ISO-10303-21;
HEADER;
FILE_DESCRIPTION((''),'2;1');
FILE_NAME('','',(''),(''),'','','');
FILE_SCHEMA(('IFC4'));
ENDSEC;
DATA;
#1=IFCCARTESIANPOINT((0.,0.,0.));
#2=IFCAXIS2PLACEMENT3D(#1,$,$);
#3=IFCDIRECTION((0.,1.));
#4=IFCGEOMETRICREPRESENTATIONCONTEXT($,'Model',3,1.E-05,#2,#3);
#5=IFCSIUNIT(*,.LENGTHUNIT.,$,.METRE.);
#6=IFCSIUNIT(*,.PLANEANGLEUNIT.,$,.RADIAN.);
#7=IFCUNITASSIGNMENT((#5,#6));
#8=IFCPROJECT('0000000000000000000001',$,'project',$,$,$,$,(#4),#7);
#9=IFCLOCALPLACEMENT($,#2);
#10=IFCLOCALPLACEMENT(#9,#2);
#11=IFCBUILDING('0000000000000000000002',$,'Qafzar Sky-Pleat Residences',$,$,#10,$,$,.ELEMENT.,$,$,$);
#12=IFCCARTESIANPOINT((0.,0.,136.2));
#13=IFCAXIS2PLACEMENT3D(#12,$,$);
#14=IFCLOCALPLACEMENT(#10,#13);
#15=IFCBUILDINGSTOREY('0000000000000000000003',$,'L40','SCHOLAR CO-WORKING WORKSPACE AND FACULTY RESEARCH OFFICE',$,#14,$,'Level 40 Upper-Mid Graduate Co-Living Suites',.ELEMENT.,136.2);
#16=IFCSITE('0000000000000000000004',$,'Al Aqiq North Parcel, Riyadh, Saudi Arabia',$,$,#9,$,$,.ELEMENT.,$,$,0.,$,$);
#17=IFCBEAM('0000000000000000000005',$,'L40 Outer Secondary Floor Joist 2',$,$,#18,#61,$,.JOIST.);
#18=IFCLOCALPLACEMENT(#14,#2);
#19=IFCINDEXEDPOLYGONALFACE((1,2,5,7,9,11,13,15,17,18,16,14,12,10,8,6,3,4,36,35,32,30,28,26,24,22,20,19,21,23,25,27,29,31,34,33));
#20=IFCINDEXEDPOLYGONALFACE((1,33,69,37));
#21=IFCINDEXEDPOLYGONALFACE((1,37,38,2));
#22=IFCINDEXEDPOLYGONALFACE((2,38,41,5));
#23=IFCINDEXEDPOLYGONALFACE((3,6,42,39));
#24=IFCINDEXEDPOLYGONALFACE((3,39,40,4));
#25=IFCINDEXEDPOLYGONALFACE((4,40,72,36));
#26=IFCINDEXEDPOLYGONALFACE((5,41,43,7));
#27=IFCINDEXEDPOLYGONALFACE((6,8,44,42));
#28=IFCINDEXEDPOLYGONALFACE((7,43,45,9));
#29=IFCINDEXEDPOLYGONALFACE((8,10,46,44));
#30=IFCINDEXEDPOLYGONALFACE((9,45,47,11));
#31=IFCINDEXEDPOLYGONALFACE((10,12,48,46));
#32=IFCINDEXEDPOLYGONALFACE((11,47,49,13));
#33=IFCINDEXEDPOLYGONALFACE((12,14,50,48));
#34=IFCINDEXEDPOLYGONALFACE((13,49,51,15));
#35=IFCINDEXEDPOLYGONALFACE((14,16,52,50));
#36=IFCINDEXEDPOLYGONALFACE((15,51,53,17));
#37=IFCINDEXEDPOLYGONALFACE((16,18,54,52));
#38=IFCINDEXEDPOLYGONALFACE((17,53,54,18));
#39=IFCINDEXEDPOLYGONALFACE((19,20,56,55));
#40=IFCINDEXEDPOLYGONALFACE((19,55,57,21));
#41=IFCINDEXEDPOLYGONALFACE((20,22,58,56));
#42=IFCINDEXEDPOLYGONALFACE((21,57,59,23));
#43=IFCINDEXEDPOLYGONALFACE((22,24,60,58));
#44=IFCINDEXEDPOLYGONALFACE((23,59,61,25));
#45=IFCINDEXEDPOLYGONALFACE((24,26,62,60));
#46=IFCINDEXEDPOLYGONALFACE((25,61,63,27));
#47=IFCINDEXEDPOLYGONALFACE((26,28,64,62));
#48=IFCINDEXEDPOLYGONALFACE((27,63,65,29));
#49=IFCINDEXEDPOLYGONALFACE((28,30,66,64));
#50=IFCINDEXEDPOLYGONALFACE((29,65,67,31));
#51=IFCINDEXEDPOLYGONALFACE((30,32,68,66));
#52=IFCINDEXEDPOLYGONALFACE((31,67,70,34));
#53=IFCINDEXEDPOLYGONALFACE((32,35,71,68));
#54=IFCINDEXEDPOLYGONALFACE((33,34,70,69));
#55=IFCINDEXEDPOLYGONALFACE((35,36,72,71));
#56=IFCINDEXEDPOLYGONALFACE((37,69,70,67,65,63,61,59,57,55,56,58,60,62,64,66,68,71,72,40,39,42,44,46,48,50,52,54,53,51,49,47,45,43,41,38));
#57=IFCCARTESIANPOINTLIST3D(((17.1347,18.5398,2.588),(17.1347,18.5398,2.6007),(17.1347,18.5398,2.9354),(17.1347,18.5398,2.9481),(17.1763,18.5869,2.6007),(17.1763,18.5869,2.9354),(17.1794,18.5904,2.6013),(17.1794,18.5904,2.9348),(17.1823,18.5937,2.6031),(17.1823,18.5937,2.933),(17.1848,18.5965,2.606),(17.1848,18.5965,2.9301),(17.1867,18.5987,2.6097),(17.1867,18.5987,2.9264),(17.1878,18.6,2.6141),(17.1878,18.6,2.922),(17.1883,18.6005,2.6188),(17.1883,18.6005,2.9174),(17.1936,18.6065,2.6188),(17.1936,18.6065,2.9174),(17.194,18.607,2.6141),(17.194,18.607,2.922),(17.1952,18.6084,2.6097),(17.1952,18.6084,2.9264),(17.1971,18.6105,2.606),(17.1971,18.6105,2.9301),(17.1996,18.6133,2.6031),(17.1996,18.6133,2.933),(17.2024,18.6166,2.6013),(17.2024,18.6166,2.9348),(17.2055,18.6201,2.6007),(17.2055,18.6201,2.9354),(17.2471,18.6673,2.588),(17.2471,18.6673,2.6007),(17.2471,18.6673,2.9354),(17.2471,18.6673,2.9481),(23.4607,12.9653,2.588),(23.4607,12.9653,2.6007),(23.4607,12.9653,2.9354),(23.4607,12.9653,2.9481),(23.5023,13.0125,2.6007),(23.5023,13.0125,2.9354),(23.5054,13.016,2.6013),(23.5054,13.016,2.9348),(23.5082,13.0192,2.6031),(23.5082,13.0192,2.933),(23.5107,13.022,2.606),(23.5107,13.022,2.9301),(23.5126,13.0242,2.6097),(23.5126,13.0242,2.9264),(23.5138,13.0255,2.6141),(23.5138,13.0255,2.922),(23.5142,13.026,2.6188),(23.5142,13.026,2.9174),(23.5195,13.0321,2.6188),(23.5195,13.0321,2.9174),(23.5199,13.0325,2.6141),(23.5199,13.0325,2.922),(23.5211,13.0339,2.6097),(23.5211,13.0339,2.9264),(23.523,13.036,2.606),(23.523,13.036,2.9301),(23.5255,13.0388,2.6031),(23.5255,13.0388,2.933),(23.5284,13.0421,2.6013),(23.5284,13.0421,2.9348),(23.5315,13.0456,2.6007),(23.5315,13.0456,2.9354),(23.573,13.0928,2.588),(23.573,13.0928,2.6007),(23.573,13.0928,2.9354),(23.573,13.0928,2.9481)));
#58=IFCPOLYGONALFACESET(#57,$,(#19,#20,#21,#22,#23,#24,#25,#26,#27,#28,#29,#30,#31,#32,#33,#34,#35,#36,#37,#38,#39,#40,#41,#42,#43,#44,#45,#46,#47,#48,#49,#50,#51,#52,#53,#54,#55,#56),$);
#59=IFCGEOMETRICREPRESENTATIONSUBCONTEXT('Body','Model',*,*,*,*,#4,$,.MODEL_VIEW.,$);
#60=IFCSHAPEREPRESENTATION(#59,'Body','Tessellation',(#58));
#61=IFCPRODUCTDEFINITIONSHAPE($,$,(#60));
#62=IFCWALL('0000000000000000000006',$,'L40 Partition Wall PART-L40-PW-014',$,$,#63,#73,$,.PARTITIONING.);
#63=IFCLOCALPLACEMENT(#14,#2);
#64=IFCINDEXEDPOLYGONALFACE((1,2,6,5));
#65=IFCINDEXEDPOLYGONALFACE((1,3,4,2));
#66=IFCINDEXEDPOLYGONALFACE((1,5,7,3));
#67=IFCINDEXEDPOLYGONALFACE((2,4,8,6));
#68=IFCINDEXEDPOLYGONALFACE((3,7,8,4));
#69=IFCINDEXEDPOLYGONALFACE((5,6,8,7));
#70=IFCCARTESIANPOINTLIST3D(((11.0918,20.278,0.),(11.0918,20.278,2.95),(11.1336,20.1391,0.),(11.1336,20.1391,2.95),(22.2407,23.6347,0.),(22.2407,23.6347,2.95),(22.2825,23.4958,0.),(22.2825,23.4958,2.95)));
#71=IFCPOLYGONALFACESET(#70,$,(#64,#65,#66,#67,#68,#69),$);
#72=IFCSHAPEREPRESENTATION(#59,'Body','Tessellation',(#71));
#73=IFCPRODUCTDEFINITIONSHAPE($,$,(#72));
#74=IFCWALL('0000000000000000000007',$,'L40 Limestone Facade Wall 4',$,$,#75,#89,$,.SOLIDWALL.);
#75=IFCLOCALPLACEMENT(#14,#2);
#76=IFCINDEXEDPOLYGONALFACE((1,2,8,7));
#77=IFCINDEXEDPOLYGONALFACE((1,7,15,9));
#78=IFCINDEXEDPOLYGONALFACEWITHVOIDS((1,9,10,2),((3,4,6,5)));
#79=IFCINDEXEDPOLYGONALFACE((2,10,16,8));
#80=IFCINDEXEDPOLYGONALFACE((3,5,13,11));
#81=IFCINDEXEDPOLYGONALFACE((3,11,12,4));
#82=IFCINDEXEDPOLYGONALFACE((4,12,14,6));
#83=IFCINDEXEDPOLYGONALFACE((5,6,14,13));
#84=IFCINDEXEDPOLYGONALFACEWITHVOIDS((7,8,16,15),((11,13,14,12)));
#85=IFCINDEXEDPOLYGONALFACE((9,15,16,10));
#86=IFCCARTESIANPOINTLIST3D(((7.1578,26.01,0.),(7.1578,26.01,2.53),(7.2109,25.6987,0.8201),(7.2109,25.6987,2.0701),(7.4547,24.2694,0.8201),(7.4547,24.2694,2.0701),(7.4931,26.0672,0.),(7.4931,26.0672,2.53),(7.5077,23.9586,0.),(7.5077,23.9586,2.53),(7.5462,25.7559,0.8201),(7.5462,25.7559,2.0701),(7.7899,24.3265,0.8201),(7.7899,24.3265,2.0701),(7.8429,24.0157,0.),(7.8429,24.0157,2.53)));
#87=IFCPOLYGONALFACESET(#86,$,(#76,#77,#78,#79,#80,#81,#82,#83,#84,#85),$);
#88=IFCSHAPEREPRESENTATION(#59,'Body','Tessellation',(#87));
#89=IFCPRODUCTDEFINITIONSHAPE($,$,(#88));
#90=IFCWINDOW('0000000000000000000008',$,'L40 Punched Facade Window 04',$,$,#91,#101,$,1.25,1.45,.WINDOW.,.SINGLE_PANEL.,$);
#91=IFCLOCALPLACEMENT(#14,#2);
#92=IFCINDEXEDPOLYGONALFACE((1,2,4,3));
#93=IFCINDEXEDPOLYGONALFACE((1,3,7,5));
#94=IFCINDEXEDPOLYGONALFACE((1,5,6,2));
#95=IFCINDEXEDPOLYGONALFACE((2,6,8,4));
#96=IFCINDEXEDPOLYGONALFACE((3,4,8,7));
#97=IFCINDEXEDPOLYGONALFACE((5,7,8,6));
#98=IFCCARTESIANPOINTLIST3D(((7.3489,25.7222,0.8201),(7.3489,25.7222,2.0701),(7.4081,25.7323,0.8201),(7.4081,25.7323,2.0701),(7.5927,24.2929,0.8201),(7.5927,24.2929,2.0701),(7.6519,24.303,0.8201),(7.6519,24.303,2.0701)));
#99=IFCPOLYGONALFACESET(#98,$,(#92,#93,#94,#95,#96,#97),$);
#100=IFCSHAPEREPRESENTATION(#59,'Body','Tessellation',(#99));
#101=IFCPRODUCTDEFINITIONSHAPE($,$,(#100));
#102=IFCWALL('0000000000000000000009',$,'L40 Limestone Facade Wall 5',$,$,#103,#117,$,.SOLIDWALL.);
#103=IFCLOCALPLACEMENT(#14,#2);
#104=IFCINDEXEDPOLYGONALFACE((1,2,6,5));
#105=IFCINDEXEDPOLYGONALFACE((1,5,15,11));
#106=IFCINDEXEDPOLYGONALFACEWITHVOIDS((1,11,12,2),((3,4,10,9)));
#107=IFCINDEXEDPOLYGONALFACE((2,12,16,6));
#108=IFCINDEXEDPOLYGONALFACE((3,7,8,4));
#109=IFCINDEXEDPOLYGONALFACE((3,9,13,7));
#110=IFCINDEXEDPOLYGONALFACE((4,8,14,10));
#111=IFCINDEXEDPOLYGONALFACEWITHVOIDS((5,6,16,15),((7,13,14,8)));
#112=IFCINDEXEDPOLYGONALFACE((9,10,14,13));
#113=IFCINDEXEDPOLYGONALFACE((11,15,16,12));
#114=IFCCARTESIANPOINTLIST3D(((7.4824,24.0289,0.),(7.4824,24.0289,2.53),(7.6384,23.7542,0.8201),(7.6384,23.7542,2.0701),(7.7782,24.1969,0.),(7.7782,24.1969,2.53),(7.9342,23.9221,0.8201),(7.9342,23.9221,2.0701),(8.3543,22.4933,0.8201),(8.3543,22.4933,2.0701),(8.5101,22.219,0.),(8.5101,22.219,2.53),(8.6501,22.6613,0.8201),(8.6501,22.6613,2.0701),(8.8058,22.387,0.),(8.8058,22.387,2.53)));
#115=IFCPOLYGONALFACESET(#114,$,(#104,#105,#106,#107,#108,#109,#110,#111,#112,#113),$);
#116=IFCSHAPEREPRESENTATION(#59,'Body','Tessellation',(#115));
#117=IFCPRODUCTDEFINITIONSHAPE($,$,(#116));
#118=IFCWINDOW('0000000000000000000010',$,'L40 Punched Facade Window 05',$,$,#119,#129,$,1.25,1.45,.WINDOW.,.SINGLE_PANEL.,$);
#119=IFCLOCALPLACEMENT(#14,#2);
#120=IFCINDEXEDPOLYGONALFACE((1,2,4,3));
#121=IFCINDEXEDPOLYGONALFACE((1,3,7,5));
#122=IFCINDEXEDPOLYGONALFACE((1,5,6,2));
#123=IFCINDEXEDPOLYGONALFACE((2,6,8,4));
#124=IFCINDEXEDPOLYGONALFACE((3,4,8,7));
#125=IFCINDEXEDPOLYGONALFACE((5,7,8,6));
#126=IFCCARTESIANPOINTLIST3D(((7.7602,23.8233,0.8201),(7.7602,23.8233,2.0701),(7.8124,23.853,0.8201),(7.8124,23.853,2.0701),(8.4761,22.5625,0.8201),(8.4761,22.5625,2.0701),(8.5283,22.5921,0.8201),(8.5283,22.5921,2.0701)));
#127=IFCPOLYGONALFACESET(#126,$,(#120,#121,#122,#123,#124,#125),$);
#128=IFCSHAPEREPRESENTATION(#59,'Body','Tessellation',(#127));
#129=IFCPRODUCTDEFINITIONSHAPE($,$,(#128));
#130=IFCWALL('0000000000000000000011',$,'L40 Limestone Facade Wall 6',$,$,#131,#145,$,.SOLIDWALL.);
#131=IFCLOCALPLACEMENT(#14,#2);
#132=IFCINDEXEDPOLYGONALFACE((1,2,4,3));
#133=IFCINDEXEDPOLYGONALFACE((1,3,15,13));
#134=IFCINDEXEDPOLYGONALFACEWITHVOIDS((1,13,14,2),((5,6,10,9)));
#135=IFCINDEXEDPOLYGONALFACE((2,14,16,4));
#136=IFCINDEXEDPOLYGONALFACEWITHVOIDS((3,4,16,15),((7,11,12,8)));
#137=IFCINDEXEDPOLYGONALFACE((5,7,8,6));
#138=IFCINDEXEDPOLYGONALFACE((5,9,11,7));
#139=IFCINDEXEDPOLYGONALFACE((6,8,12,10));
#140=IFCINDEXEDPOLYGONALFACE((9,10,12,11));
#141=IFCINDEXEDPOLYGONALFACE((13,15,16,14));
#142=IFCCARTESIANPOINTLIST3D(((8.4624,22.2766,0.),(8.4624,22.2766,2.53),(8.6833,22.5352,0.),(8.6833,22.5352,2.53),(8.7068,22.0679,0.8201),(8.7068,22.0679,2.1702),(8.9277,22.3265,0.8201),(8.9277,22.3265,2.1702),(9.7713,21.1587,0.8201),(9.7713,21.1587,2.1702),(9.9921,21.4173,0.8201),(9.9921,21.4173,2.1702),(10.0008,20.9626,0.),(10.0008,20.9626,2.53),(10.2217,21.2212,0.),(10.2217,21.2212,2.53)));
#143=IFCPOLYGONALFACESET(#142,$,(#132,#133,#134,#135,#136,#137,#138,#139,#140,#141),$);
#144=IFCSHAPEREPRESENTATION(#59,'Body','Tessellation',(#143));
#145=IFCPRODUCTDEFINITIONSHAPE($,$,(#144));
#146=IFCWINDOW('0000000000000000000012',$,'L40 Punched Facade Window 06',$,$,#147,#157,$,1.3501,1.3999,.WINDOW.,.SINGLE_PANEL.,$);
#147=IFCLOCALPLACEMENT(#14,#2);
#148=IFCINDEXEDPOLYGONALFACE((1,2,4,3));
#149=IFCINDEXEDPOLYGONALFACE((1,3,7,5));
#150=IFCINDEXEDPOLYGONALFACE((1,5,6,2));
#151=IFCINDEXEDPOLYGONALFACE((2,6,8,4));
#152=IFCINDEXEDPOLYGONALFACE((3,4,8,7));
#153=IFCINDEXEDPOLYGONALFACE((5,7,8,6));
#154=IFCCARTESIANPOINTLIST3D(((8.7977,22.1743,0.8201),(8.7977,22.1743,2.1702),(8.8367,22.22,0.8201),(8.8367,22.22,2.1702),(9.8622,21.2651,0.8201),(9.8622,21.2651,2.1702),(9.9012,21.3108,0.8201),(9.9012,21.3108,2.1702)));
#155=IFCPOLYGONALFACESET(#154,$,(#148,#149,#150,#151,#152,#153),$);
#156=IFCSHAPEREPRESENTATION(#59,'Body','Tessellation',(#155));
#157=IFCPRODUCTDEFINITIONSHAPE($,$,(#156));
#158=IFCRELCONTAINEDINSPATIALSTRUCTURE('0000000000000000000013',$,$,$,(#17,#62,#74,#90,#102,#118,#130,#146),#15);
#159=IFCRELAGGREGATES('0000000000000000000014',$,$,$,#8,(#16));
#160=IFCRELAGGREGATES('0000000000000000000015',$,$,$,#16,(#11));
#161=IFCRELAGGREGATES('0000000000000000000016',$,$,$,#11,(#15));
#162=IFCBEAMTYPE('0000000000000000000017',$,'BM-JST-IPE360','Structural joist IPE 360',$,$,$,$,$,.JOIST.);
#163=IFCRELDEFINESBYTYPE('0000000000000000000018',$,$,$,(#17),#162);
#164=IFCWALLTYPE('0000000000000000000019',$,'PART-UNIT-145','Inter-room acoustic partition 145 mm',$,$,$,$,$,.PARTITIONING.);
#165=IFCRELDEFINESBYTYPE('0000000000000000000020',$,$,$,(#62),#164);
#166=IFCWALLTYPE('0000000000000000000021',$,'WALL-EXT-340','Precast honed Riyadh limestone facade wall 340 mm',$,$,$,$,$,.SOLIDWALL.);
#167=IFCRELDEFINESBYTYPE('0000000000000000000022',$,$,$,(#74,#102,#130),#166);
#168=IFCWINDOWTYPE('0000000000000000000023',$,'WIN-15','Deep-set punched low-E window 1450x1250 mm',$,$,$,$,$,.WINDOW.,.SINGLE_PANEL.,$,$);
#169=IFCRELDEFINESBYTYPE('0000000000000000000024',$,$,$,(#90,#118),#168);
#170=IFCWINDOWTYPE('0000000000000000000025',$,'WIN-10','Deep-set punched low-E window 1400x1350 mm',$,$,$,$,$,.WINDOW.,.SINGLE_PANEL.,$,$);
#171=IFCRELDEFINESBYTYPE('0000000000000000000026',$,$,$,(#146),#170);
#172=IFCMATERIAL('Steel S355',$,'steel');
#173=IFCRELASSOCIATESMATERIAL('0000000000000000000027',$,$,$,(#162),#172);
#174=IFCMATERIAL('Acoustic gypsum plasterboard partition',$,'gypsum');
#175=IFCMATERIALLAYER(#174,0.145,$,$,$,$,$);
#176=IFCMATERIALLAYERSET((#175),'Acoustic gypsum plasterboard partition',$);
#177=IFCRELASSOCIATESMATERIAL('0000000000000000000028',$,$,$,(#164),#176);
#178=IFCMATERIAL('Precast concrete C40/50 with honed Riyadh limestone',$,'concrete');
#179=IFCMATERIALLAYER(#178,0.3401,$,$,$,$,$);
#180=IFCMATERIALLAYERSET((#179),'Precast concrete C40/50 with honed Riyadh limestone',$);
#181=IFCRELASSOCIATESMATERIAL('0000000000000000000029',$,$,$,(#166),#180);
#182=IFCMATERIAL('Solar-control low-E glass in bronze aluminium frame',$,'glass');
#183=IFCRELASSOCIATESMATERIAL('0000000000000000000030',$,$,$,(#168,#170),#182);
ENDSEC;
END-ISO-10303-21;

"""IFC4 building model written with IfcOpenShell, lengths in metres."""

from ifc_helpers import new_model, si_unit, direction, frame, frame_2d, origin, origin_2d, place, context, subcontext, project, spatial, rectangle, i_section, extrude, source, transform, mapped, material, layer, layer_set, material_profile, profile_set, type_object, element, fill, save


model = new_model("IFC4")

# Units and contexts
model_context = context("Model", 3, precision=1e-05, world=origin(), true_north=direction((0.0, 1.0)))
body_context = subcontext(model_context, "Body", "Model", "MODEL_VIEW")
ifc_project = project(units=[si_unit("LENGTHUNIT", "METRE"), si_unit("PLANEANGLEUNIT", "RADIAN")], contexts=[model_context])

# Site, building, storey
site_placement = place(None, origin())
site = spatial("IfcSite", under=ifc_project, at=site_placement, Name="Al Aqiq North Parcel, Riyadh, Saudi Arabia", CompositionType="ELEMENT", RefElevation=0.0)
building_placement = place(site_placement, origin())
building = spatial("IfcBuilding", under=site, at=building_placement, Name="Qafzar Sky-Pleat Residences", CompositionType="ELEMENT")
storey_placement = place(building_placement, frame((0.0, 0.0, 136.2)))
storey = spatial("IfcBuildingStorey", under=building, at=storey_placement, Name="L40", Description="SCHOLAR CO-WORKING WORKSPACE AND FACULTY RESEARCH OFFICE", LongName="Level 40 Upper-Mid Graduate Co-Living Suites", CompositionType="ELEMENT", Elevation=136.2)

# Shared definitions
ifc_material_1 = material(Name="Steel S355", Category="steel")

# Beam
ifc_material_profile_1 = material_profile(ifc_material_1, i_section(OverallWidth=0.1699, OverallDepth=0.3601, WebThickness=0.0081, FlangeThickness=0.0127, FilletRadius=0.0181, at=origin_2d()), Name="IPE 360")
ifc_profile_set_1 = profile_set([ifc_material_profile_1], Name="Steel S355")
beam_type_1 = type_object("IfcBeamType", Name="BM-JST-IPE360", Description="Structural joist IPE 360", PredefinedType="JOIST", material=ifc_profile_set_1)
shared_shape_1 = source(origin(), body_context, "Body", "SweptSolid", [
    extrude(i_section(OverallWidth=0.1699, OverallDepth=0.3601, WebThickness=0.0081, FlangeThickness=0.0127, FilletRadius=0.0181, at=origin_2d()), origin(), (0.0, 0.0, 1.0), 8.4316),
])
beam_1_placement = place(storey_placement, frame((17.1909, 18.6035, 2.7681), z_axis=(0.750264, -0.661139, 0.0), x_axis=(0.661139, 0.750264, 0.0)))
element("IfcBeam", 1, at=beam_1_placement, inside=storey, type_object=beam_type_1, Name="L40 Outer Secondary Floor Joist 2", PredefinedType="JOIST", context=body_context, shape_type="MappedRepresentation", body=[
    mapped(shared_shape_1, transform((0.0, 0.0, 0.0), x_axis=(1.0, 0.0, 0.0), y_axis=(0.0, 1.0, 0.0), z_axis=(0.0, 0.0, 1.0), scale=1.0)),
])

# Wall
ifc_material_2 = material(Name="Acoustic gypsum plasterboard partition", Category="gypsum")
ifc_layer_1 = layer(ifc_material_2, 0.145)
ifc_layer_set_1 = layer_set([ifc_layer_1], Name="Acoustic gypsum plasterboard partition")
wall_type_1 = type_object("IfcWallType", Name="PART-UNIT-145", Description="Inter-room acoustic partition 145 mm", PredefinedType="PARTITIONING", material=ifc_layer_set_1)
wall_1_placement = place(storey_placement, frame((11.1125, 20.2085, 0.0), z_axis=(0.0, 0.0, 1.0), x_axis=(0.957542, 0.288294, 0.0)))
element("IfcWall", 2, at=wall_1_placement, inside=storey, type_object=wall_type_1, Name="L40 Partition Wall PART-L40-PW-014", PredefinedType="PARTITIONING", context=body_context, shape_type="SweptSolid", body=[
    extrude(rectangle(XDim=11.6433, YDim=0.145, at=frame_2d((5.8218, 0.0))), origin(), (0.0, 0.0, 1.0), 2.95),
])

# Walls, openings, windows
ifc_material_3 = material(Name="Precast concrete C40/50 with honed Riyadh limestone", Category="concrete")
ifc_layer_2 = layer(ifc_material_3, 0.3401)
ifc_layer_set_2 = layer_set([ifc_layer_2], Name="Precast concrete C40/50 with honed Riyadh limestone")
wall_type_2 = type_object("IfcWallType", Name="WALL-EXT-340", Description="Precast honed Riyadh limestone facade wall 340 mm", PredefinedType="SOLIDWALL", material=ifc_layer_set_2)
wall_2_placement = place(storey_placement, frame((7.3254, 26.0386, 0.0), z_axis=(0.0, 0.0, 1.0), x_axis=(0.168107, -0.985769, 0.0)))
wall_2 = element("IfcWall", 3, at=wall_2_placement, inside=storey, type_object=wall_type_2, Name="L40 Limestone Facade Wall 4", PredefinedType="SOLIDWALL", context=body_context, shape_type="SweptSolid", body=[
    extrude(rectangle(XDim=2.0811, YDim=0.3401, at=frame_2d((1.0405, 0.0))), origin(), (0.0, 0.0, 1.0), 2.53),
])
opening_1_placement = place(wall_2_placement, frame((0.3157, 0.0, 0.8201)))
opening_1 = element("IfcOpeningElement", 4, at=opening_1_placement, cuts=wall_2, PredefinedType="OPENING", context=body_context, shape_type="SweptSolid", body=[
    extrude(rectangle(XDim=1.45, YDim=1.25, at=frame_2d((0.7251, 0.625))), frame((0.0, 0.1802, 0.0), z_axis=(0.0, -1.0, 0.0), x_axis=(1.0, 0.0, 0.0)), (0.0, 0.0, 1.0), 0.3601),
])
ifc_material_4 = material(Name="Solar-control low-E glass in bronze aluminium frame", Category="glass")
window_type_1 = type_object("IfcWindowType", Name="WIN-15", Description="Deep-set punched low-E window 1450x1250 mm", PartitioningType="SINGLE_PANEL", PredefinedType="WINDOW", material=ifc_material_4)
shared_shape_2 = source(origin(), body_context, "Body", "SweptSolid", [
    extrude(rectangle(XDim=1.45, YDim=1.25, at=frame_2d((0.7251, 0.625))), frame((0.0, 0.03, 0.0), z_axis=(0.0, -1.0, 0.0), x_axis=(1.0, 0.0, 0.0)), (0.0, 0.0, 1.0), 0.0601),
])
window_1_placement = place(opening_1_placement, origin())
window_1 = element("IfcWindow", 5, at=window_1_placement, inside=storey, type_object=window_type_1, Name="L40 Punched Facade Window 04", OverallHeight=1.25, OverallWidth=1.45, PartitioningType="SINGLE_PANEL", PredefinedType="WINDOW", context=body_context, shape_type="MappedRepresentation", body=[
    mapped(shared_shape_2, transform((0.0, 0.0, 0.0), x_axis=(1.0, 0.0, 0.0), y_axis=(0.0, 1.0, 0.0), z_axis=(0.0, 0.0, 1.0), scale=1.0)),
])
fill(opening_1, window_1)
wall_3_placement = place(storey_placement, frame((7.6304, 24.1128, 0.0), z_axis=(0.0, 0.0, 1.0), x_axis=(0.493749, -0.869604, 0.0)))
wall_3 = element("IfcWall", 6, at=wall_3_placement, inside=storey, type_object=wall_type_2, Name="L40 Limestone Facade Wall 5", PredefinedType="SOLIDWALL", context=body_context, shape_type="SweptSolid", body=[
    extrude(rectangle(XDim=2.0813, YDim=0.3401, at=frame_2d((1.0405, 0.0))), origin(), (0.0, 0.0, 1.0), 2.53),
])
opening_2_placement = place(wall_3_placement, frame((0.3157, 0.0, 0.8201)))
opening_2 = element("IfcOpeningElement", 7, at=opening_2_placement, cuts=wall_3, PredefinedType="OPENING", context=body_context, shape_type="SweptSolid", body=[
    extrude(rectangle(XDim=1.45, YDim=1.25, at=frame_2d((0.7251, 0.625))), frame((0.0, 0.1802, 0.0), z_axis=(0.0, -1.0, 0.0), x_axis=(1.0, 0.0, 0.0)), (0.0, 0.0, 1.0), 0.3601),
])
window_2_placement = place(opening_2_placement, origin())
window_2 = element("IfcWindow", 8, at=window_2_placement, inside=storey, type_object=window_type_1, Name="L40 Punched Facade Window 05", OverallHeight=1.25, OverallWidth=1.45, PartitioningType="SINGLE_PANEL", PredefinedType="WINDOW", context=body_context, shape_type="MappedRepresentation", body=[
    mapped(shared_shape_2, transform((0.0, 0.0, 0.0), x_axis=(1.0, 0.0, 0.0), y_axis=(0.0, 1.0, 0.0), z_axis=(0.0, 0.0, 1.0), scale=1.0)),
])
fill(opening_2, window_2)
wall_4_placement = place(storey_placement, frame((8.5728, 22.406, 0.0), z_axis=(0.0, 0.0, 1.0), x_axis=(0.76038, -0.649479, 0.0)))
wall_4 = element("IfcWall", 9, at=wall_4_placement, inside=storey, type_object=wall_type_2, Name="L40 Limestone Facade Wall 6", PredefinedType="SOLIDWALL", context=body_context, shape_type="SweptSolid", body=[
    extrude(rectangle(XDim=2.0232, YDim=0.3401, at=frame_2d((1.0117, 0.0))), origin(), (0.0, 0.0, 1.0), 2.53),
])
opening_3_placement = place(wall_4_placement, frame((0.3215, 0.0, 0.8201)))
opening_3 = element("IfcOpeningElement", 10, at=opening_3_placement, cuts=wall_4, PredefinedType="OPENING", context=body_context, shape_type="SweptSolid", body=[
    extrude(rectangle(XDim=1.3999, YDim=1.3501, at=frame_2d((0.7, 0.675))), frame((0.0, 0.1802, 0.0), z_axis=(0.0, -1.0, 0.0), x_axis=(1.0, 0.0, 0.0)), (0.0, 0.0, 1.0), 0.3601),
])
window_type_2 = type_object("IfcWindowType", Name="WIN-10", Description="Deep-set punched low-E window 1400x1350 mm", PartitioningType="SINGLE_PANEL", PredefinedType="WINDOW", material=ifc_material_4)
shared_shape_3 = source(origin(), body_context, "Body", "SweptSolid", [
    extrude(rectangle(XDim=1.3999, YDim=1.3501, at=frame_2d((0.7, 0.675))), frame((0.0, 0.03, 0.0), z_axis=(0.0, -1.0, 0.0), x_axis=(1.0, 0.0, 0.0)), (0.0, 0.0, 1.0), 0.0601),
])
window_3_placement = place(opening_3_placement, origin())
window_3 = element("IfcWindow", 11, at=window_3_placement, inside=storey, type_object=window_type_2, Name="L40 Punched Facade Window 06", OverallHeight=1.3501, OverallWidth=1.3999, PartitioningType="SINGLE_PANEL", PredefinedType="WINDOW", context=body_context, shape_type="MappedRepresentation", body=[
    mapped(shared_shape_3, transform((0.0, 0.0, 0.0), x_axis=(1.0, 0.0, 0.0), y_axis=(0.0, 1.0, 0.0), z_axis=(0.0, 0.0, 1.0), scale=1.0)),
])
fill(opening_3, window_3)

save(model, "model.ifc")
